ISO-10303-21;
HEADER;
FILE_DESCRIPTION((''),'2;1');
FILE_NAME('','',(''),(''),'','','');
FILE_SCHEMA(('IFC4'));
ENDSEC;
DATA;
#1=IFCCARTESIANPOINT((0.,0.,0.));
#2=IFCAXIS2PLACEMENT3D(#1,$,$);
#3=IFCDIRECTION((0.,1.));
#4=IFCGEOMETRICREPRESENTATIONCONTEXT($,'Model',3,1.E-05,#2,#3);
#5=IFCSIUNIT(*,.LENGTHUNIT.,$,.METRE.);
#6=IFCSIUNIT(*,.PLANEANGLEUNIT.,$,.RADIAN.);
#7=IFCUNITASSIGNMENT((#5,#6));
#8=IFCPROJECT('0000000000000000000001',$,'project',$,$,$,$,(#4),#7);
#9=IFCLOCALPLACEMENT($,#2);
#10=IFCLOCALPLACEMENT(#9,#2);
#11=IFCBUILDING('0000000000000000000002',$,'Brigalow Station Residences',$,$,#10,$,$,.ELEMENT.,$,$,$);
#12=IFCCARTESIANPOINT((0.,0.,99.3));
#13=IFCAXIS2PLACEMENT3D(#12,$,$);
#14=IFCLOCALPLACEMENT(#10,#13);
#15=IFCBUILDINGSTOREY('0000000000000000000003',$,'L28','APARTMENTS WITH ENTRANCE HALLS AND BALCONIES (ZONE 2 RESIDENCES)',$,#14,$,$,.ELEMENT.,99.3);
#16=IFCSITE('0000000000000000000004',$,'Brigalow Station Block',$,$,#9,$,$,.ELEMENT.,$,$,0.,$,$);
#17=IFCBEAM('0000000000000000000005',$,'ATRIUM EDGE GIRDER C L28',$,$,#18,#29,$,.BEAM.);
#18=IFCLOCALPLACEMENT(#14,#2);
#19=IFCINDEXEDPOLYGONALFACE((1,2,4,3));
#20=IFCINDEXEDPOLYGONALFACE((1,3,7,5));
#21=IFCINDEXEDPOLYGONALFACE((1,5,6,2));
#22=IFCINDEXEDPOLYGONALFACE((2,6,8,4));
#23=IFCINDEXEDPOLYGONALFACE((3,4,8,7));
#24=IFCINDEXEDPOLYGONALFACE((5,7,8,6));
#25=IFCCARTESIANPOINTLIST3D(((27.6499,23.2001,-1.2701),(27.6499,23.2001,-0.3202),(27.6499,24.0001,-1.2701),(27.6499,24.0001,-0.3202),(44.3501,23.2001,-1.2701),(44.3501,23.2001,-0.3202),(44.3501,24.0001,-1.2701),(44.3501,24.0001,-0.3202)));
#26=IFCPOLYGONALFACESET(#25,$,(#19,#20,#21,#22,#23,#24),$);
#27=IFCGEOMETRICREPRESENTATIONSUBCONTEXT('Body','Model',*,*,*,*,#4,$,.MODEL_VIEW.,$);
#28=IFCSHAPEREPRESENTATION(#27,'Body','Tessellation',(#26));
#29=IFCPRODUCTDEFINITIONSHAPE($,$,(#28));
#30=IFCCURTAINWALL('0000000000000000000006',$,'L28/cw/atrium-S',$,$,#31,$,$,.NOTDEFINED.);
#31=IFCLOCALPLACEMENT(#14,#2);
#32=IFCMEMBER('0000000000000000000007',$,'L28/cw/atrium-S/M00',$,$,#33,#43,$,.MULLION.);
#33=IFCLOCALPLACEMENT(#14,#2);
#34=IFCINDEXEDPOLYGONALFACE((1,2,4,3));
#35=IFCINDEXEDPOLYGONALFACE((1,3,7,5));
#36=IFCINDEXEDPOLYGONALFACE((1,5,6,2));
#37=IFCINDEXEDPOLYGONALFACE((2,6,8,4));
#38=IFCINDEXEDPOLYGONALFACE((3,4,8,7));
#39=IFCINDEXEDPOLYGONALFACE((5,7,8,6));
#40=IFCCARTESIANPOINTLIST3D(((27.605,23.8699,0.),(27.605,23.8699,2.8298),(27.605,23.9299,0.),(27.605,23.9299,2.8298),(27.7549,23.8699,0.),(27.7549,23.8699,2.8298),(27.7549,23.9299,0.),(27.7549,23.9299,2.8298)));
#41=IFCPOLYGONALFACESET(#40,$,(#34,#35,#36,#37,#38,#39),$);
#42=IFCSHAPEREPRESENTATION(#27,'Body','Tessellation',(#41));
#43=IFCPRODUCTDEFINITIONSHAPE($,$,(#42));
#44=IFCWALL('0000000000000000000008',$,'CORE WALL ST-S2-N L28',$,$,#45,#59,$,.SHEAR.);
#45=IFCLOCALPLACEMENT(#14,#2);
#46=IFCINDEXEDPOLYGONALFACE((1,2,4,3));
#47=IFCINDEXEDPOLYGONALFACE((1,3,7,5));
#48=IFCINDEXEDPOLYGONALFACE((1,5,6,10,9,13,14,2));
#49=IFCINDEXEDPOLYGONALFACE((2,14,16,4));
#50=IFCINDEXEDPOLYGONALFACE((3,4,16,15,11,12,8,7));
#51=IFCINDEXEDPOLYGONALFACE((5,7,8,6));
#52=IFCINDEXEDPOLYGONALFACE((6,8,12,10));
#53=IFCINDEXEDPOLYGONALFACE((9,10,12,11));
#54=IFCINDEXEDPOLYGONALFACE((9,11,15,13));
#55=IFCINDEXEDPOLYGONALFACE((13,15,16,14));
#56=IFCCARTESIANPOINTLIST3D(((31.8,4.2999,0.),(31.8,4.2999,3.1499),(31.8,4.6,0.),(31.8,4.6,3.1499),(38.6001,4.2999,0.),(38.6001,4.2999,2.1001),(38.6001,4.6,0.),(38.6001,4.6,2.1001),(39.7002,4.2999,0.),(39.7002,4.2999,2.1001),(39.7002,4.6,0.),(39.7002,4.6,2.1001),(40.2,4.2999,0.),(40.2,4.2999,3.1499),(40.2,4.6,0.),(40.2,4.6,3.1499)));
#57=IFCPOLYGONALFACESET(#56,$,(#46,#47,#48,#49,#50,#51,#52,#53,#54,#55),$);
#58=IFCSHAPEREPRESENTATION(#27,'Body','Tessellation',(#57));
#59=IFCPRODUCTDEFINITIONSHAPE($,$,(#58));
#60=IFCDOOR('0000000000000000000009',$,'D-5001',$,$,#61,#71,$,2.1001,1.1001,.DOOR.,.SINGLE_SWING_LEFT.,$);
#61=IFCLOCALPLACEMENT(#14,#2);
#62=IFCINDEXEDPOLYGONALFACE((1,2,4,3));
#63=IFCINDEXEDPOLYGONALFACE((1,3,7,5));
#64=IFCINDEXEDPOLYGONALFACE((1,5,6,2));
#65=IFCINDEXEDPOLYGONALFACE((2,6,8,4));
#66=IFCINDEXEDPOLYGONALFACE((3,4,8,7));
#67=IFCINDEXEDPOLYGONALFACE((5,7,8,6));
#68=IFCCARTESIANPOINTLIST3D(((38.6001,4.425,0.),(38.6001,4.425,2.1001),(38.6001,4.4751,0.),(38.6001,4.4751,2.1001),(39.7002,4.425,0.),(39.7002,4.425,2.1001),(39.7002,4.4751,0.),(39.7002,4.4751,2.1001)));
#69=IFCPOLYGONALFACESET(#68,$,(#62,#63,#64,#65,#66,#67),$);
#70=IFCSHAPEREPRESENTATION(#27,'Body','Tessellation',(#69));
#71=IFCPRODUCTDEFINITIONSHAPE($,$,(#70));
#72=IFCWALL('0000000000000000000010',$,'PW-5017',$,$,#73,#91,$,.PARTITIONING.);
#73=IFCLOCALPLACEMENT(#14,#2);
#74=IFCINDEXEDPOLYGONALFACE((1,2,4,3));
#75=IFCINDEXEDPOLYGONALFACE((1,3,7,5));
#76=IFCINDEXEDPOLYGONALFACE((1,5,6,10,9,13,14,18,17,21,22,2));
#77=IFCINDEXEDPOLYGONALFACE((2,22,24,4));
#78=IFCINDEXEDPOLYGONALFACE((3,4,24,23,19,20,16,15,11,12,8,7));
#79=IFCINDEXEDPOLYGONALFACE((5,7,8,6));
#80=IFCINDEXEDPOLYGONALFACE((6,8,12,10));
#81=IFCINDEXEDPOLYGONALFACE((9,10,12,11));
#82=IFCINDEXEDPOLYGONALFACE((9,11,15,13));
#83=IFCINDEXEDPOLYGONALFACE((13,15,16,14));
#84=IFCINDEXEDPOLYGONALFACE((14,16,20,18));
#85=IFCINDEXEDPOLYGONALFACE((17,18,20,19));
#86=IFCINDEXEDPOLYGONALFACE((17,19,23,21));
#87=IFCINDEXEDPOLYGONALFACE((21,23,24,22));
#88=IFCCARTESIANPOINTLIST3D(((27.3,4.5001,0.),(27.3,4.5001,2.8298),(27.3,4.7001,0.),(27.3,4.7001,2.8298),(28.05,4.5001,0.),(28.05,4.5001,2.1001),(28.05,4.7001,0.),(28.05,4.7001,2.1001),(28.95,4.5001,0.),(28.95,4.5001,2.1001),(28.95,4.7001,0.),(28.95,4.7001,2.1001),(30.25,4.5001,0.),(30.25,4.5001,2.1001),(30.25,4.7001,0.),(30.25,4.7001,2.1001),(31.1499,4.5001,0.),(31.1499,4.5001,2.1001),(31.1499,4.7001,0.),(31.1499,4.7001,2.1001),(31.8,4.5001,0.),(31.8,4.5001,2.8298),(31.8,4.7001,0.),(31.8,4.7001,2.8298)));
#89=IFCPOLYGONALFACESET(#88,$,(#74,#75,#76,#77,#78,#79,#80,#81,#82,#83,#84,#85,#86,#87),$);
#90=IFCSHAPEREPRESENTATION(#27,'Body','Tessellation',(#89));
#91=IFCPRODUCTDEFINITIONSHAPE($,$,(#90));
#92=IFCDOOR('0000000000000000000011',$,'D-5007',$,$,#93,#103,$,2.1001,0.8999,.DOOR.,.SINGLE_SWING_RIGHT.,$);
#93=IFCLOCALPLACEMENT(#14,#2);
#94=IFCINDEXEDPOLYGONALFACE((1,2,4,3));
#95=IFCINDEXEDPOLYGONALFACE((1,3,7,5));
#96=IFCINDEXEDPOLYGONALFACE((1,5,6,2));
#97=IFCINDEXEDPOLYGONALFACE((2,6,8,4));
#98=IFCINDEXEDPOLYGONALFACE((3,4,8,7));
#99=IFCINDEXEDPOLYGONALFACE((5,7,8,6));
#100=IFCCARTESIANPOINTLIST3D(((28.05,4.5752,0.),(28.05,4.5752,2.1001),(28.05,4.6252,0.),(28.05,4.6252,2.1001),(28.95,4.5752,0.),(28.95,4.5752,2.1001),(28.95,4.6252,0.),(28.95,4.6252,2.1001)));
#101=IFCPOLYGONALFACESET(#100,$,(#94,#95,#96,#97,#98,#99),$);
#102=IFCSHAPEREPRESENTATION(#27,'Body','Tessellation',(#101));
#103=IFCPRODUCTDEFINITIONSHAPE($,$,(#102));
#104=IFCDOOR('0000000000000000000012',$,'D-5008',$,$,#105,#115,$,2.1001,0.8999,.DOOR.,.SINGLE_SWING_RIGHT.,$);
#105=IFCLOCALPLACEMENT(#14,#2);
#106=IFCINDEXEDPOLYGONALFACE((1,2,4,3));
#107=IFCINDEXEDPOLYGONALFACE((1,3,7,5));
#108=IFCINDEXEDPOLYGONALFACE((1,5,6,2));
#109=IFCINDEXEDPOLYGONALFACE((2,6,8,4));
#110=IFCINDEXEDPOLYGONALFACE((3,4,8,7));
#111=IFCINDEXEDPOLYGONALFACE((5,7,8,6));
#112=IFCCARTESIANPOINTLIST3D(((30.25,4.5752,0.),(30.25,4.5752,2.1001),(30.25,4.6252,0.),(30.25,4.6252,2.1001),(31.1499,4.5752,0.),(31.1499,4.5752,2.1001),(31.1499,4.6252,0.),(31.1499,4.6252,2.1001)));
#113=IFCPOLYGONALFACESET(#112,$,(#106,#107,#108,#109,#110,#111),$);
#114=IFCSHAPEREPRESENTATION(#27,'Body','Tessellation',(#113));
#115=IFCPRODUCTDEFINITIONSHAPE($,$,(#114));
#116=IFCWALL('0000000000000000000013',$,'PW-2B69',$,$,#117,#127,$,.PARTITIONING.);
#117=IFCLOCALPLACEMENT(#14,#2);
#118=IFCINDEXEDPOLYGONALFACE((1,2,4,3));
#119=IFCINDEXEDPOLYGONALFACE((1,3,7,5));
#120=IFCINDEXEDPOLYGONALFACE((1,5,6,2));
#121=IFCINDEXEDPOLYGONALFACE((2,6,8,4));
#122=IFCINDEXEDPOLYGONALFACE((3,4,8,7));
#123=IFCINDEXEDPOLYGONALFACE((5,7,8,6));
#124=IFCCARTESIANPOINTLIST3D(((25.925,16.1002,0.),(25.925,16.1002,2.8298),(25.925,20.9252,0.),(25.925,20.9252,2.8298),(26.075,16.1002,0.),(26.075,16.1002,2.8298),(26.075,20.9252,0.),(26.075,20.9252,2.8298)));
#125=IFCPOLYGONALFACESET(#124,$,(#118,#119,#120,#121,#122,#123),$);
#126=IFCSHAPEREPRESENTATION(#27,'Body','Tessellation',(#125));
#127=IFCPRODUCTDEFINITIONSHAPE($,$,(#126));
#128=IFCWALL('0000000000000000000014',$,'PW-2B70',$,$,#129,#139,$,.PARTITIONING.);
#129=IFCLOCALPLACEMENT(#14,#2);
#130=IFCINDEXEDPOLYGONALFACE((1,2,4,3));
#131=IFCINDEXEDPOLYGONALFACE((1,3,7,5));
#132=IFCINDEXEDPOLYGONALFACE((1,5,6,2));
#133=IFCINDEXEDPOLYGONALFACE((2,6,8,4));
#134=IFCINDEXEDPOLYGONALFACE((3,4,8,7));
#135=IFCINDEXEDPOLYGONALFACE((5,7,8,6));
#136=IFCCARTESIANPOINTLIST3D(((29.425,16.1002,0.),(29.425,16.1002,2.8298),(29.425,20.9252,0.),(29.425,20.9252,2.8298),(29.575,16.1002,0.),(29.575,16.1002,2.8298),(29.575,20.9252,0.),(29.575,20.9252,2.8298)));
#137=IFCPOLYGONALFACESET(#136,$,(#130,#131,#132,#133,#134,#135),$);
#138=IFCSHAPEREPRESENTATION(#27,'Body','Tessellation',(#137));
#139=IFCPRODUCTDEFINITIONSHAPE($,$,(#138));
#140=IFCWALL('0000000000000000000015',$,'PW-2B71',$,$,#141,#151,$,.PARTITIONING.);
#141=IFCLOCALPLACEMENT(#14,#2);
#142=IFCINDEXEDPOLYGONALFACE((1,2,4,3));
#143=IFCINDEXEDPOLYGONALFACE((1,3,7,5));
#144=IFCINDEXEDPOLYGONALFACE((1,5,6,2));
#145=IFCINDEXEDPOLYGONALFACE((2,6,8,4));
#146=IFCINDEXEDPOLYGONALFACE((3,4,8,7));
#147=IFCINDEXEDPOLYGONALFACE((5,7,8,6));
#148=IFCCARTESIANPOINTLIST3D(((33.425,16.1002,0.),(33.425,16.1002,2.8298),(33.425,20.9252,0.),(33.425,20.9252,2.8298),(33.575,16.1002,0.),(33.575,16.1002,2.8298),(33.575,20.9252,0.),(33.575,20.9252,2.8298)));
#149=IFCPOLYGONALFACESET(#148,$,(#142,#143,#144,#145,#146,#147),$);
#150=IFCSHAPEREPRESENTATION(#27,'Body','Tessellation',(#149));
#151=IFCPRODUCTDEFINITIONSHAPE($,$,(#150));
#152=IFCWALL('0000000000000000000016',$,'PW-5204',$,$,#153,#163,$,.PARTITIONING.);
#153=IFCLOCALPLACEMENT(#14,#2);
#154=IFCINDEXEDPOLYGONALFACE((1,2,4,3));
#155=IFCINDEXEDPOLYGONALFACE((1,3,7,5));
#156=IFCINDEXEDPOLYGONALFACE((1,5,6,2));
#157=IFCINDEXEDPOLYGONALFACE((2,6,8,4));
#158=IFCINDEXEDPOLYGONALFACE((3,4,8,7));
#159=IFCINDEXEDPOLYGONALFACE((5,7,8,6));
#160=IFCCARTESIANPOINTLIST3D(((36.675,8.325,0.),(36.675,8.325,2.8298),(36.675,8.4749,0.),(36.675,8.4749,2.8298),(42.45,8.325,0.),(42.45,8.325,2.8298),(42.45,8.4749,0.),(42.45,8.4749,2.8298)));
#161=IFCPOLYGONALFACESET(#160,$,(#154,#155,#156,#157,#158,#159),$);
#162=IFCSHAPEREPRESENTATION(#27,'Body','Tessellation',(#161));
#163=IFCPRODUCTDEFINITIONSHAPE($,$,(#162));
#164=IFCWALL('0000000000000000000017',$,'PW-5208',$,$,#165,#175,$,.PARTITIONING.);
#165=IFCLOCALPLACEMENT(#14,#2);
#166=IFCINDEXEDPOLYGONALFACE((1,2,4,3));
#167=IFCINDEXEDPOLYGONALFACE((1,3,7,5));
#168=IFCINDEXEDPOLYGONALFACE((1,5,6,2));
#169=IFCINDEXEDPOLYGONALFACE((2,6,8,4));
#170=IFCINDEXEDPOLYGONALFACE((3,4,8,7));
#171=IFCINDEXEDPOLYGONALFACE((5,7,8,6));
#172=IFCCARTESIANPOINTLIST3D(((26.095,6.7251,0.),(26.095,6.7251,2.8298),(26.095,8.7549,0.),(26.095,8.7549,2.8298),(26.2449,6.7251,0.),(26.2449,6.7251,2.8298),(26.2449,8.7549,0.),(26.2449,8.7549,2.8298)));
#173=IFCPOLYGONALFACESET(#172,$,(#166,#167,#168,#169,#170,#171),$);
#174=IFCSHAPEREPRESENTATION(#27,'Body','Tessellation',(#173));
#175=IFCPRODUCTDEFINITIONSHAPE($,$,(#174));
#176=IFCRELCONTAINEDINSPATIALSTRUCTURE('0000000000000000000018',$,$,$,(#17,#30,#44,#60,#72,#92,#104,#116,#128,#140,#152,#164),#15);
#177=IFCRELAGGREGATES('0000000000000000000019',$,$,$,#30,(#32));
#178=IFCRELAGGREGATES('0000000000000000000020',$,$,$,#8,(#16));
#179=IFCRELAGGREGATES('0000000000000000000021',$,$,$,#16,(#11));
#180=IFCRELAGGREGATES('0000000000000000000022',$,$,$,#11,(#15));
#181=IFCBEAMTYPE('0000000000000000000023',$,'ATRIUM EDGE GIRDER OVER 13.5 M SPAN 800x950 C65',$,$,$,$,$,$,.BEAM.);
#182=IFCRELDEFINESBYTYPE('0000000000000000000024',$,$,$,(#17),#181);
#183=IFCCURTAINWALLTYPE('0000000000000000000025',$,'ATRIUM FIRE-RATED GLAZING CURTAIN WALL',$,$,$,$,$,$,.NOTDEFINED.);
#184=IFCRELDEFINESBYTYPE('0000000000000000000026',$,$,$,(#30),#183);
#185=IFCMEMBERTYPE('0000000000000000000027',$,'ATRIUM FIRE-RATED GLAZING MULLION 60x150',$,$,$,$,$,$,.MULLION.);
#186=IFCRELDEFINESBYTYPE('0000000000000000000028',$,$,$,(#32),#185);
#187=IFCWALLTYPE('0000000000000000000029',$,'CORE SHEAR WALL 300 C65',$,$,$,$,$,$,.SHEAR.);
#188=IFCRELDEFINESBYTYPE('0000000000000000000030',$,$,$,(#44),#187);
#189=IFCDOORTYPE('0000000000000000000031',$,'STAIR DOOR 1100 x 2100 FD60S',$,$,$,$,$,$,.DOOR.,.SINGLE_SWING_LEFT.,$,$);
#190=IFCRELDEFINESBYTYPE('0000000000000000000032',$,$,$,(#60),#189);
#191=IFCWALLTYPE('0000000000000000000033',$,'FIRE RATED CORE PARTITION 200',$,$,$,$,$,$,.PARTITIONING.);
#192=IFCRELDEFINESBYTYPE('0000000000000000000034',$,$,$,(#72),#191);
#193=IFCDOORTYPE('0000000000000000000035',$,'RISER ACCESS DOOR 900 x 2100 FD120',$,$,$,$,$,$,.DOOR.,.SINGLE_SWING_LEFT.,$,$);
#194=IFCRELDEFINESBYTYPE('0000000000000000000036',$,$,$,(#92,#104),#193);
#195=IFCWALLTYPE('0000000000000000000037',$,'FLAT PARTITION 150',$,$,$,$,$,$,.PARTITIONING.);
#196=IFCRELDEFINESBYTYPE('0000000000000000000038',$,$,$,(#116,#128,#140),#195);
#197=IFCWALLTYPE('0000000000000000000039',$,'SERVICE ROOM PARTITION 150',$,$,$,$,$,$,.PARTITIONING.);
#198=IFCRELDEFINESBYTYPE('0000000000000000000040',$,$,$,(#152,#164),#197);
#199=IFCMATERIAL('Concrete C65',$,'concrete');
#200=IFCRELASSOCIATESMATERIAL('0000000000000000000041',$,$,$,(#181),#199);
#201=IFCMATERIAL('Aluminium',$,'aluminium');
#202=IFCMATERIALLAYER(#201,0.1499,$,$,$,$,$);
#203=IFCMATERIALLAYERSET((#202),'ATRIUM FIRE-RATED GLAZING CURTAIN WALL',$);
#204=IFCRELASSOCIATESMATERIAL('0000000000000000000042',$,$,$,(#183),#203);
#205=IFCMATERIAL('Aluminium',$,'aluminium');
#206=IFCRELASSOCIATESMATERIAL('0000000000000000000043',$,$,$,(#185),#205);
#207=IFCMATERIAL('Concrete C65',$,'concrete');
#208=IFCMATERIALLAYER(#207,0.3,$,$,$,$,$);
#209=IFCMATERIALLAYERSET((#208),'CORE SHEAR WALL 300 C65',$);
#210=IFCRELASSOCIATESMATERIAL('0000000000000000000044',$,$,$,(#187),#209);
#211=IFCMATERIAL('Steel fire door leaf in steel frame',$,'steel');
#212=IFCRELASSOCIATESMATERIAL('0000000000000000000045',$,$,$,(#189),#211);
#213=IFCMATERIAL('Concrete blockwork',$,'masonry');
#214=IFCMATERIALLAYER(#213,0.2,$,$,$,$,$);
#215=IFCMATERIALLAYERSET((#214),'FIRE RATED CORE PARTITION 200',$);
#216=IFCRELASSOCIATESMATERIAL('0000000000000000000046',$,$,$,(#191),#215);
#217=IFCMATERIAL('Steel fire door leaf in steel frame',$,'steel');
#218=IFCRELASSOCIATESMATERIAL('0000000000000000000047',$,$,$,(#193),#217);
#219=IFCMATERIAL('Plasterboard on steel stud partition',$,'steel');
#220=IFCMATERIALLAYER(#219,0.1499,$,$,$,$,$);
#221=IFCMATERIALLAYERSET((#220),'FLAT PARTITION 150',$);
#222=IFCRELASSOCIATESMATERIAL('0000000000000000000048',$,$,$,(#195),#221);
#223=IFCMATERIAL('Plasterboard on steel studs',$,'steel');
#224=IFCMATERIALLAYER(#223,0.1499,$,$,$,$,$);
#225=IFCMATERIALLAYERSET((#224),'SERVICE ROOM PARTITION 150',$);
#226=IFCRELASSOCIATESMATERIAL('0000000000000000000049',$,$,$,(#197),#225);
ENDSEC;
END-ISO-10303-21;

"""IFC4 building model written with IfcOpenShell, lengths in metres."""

from ifc_helpers import new_model, si_unit, direction, frame, frame_2d, origin, origin_2d, place, context, subcontext, project, spatial, rectangle, extrude, material, layer, layer_set, material_profile, profile_set, type_object, element, fill, aggregate, save


model = new_model("IFC4")

# Units and contexts
model_context = context("Model", 3, precision=1e-05, world=origin(), true_north=direction((0.0, 1.0)))
body_context = subcontext(model_context, "Body", "Model", "MODEL_VIEW")
ifc_project = project(units=[si_unit("LENGTHUNIT", "METRE"), si_unit("PLANEANGLEUNIT", "RADIAN")], contexts=[model_context])

# Site, building, storey
site_placement = place(None, origin())
site = spatial("IfcSite", under=ifc_project, at=site_placement, Name="Brigalow Station Block", CompositionType="ELEMENT", RefElevation=0.0)
building_placement = place(site_placement, origin())
building = spatial("IfcBuilding", under=site, at=building_placement, Name="Brigalow Station Residences", CompositionType="ELEMENT")
storey_placement = place(building_placement, frame((0.0, 0.0, 99.3)))
storey = spatial("IfcBuildingStorey", under=building, at=storey_placement, Name="L28", Description="APARTMENTS WITH ENTRANCE HALLS AND BALCONIES (ZONE 2 RESIDENCES)", CompositionType="ELEMENT", Elevation=99.3)

# Beam
ifc_material_1 = material(Name="Concrete C65", Category="concrete")
ifc_material_profile_1 = material_profile(ifc_material_1, rectangle(XDim=0.8, YDim=0.95, at=origin_2d()), Name="RC800x950")
ifc_profile_set_1 = profile_set([ifc_material_profile_1], Name="Concrete C65")
beam_type = type_object("IfcBeamType", Name="ATRIUM EDGE GIRDER OVER 13.5 M SPAN 800x950 C65", PredefinedType="BEAM", material=ifc_profile_set_1)
beam_placement = place(storey_placement, frame((27.6499, 23.6001, -0.7952), z_axis=(1.0, 0.0, 0.0), x_axis=(0.0, 1.0, 0.0)))
element("IfcBeam", 1, at=beam_placement, inside=storey, type_object=beam_type, Name="ATRIUM EDGE GIRDER C L28", PredefinedType="BEAM", context=body_context, shape_type="SweptSolid", body=[
    extrude(rectangle(XDim=0.8, YDim=0.95, at=origin_2d()), origin(), (0.0, 0.0, 1.0), 16.7002),
])

# Curtain wall, member
ifc_material_2 = material(Name="Aluminium", Category="aluminium")
ifc_layer_1 = layer(ifc_material_2, 0.1499)
ifc_layer_set_1 = layer_set([ifc_layer_1], Name="ATRIUM FIRE-RATED GLAZING CURTAIN WALL")
curtain_wall_type = type_object("IfcCurtainWallType", Name="ATRIUM FIRE-RATED GLAZING CURTAIN WALL", PredefinedType="NOTDEFINED", material=ifc_layer_set_1)
curtain_wall_placement = place(storey_placement, origin())
curtain_wall = element("IfcCurtainWall", 2, at=curtain_wall_placement, inside=storey, type_object=curtain_wall_type, Name="L28/cw/atrium-S", PredefinedType="NOTDEFINED")
ifc_material_3 = material(Name="Aluminium", Category="aluminium")
ifc_material_profile_2 = material_profile(ifc_material_3, rectangle(XDim=0.0601, YDim=0.1499, at=origin_2d()), Name="ATRIUM FIRE-RATED GLAZING MULLION 60x150")
ifc_profile_set_2 = profile_set([ifc_material_profile_2], Name="Aluminium")
member_type = type_object("IfcMemberType", Name="ATRIUM FIRE-RATED GLAZING MULLION 60x150", PredefinedType="MULLION", material=ifc_profile_set_2)
member_placement = place(storey_placement, frame((27.6799, 23.8999, 0.0), z_axis=(0.0, 0.0, 1.0), x_axis=(0.0, 1.0, 0.0)))
member = element("IfcMember", 3, at=member_placement, type_object=member_type, Name="L28/cw/atrium-S/M00", PredefinedType="MULLION", context=body_context, shape_type="SweptSolid", body=[
    extrude(rectangle(XDim=0.0601, YDim=0.1499, at=origin_2d()), origin(), (0.0, 0.0, 1.0), 2.8298),
])
aggregate(curtain_wall, [member])

# Wall, opening, door
ifc_material_4 = material(Name="Concrete C65", Category="concrete")
ifc_layer_2 = layer(ifc_material_4, 0.3)
ifc_layer_set_2 = layer_set([ifc_layer_2], Name="CORE SHEAR WALL 300 C65")
wall_type_1 = type_object("IfcWallType", Name="CORE SHEAR WALL 300 C65", PredefinedType="SHEAR", material=ifc_layer_set_2)
wall_1_placement = place(storey_placement, frame((31.8, 4.45, 0.0), z_axis=(0.0, 0.0, 1.0), x_axis=(1.0, 0.0, 0.0)))
wall_1 = element("IfcWall", 4, at=wall_1_placement, inside=storey, type_object=wall_type_1, Name="CORE WALL ST-S2-N L28", PredefinedType="SHEAR", context=body_context, shape_type="SweptSolid", body=[
    extrude(rectangle(XDim=8.3999, YDim=0.3, at=frame_2d((4.2, 0.0))), origin(), (0.0, 0.0, 1.0), 3.1499),
])
opening_1_placement = place(wall_1_placement, frame((6.8, 0.0, 0.0)))
opening_1 = element("IfcOpeningElement", 5, at=opening_1_placement, cuts=wall_1, PredefinedType="OPENING", context=body_context, shape_type="SweptSolid", body=[
    extrude(rectangle(XDim=1.1001, YDim=2.1001, at=frame_2d((0.55, 1.05))), frame((0.0, 0.1602, 0.0), z_axis=(0.0, -1.0, 0.0), x_axis=(1.0, 0.0, 0.0)), (0.0, 0.0, 1.0), 0.3201),
])
ifc_material_5 = material(Name="Steel fire door leaf in steel frame", Category="steel")
door_type_1 = type_object("IfcDoorType", Name="STAIR DOOR 1100 x 2100 FD60S", OperationType="SINGLE_SWING_LEFT", PredefinedType="DOOR", material=ifc_material_5)
door_1_placement = place(opening_1_placement, frame((1.1001, 0.0, 0.0), z_axis=(0.0, 0.0, 1.0), x_axis=(-1.0, 0.0, 0.0)))
door_1 = element("IfcDoor", 6, at=door_1_placement, inside=storey, type_object=door_type_1, Name="D-5001", OperationType="SINGLE_SWING_LEFT", OverallHeight=2.1001, OverallWidth=1.1001, PredefinedType="DOOR", context=body_context, shape_type="SweptSolid", body=[
    extrude(rectangle(XDim=1.1001, YDim=2.1001, at=frame_2d((0.55, 1.05))), frame((0.0, 0.0249, 0.0), z_axis=(0.0, -1.0, 0.0), x_axis=(1.0, 0.0, 0.0)), (0.0, 0.0, 1.0), 0.05),
])
fill(opening_1, door_1)

# Wall, openings, doors
ifc_material_6 = material(Name="Concrete blockwork", Category="masonry")
ifc_layer_3 = layer(ifc_material_6, 0.2)
ifc_layer_set_3 = layer_set([ifc_layer_3], Name="FIRE RATED CORE PARTITION 200")
wall_type_2 = type_object("IfcWallType", Name="FIRE RATED CORE PARTITION 200", PredefinedType="PARTITIONING", material=ifc_layer_set_3)
wall_2_placement = place(storey_placement, frame((27.3, 4.6001, 0.0), z_axis=(0.0, 0.0, 1.0), x_axis=(1.0, 0.0, 0.0)))
wall_2 = element("IfcWall", 7, at=wall_2_placement, inside=storey, type_object=wall_type_2, Name="PW-5017", PredefinedType="PARTITIONING", context=body_context, shape_type="SweptSolid", body=[
    extrude(rectangle(XDim=4.5, YDim=0.2, at=frame_2d((2.25, 0.0))), origin(), (0.0, 0.0, 1.0), 2.8298),
])
opening_2_placement = place(wall_2_placement, frame((0.75, 0.0, 0.0)))
opening_2 = element("IfcOpeningElement", 8, at=opening_2_placement, cuts=wall_2, PredefinedType="OPENING", context=body_context, shape_type="SweptSolid", body=[
    extrude(rectangle(XDim=0.8999, YDim=2.1001, at=frame_2d((0.45, 1.05))), frame((0.0, 0.1099, 0.0), z_axis=(0.0, -1.0, 0.0), x_axis=(1.0, 0.0, 0.0)), (0.0, 0.0, 1.0), 0.22),
])
opening_3_placement = place(wall_2_placement, frame((2.95, 0.0, 0.0)))
opening_3 = element("IfcOpeningElement", 9, at=opening_3_placement, cuts=wall_2, PredefinedType="OPENING", context=body_context, shape_type="SweptSolid", body=[
    extrude(rectangle(XDim=0.8999, YDim=2.1001, at=frame_2d((0.45, 1.05))), frame((0.0, 0.1099, 0.0), z_axis=(0.0, -1.0, 0.0), x_axis=(1.0, 0.0, 0.0)), (0.0, 0.0, 1.0), 0.22),
])
ifc_material_7 = material(Name="Steel fire door leaf in steel frame", Category="steel")
door_type_2 = type_object("IfcDoorType", Name="RISER ACCESS DOOR 900 x 2100 FD120", OperationType="SINGLE_SWING_LEFT", PredefinedType="DOOR", material=ifc_material_7)
door_2_placement = place(opening_2_placement, frame((0.8999, 0.0, 0.0), z_axis=(0.0, 0.0, 1.0), x_axis=(-1.0, 0.0, 0.0)))
door_2 = element("IfcDoor", 10, at=door_2_placement, inside=storey, type_object=door_type_2, Name="D-5007", OperationType="SINGLE_SWING_RIGHT", OverallHeight=2.1001, OverallWidth=0.8999, PredefinedType="DOOR", context=body_context, shape_type="SweptSolid", body=[
    extrude(rectangle(XDim=0.8999, YDim=2.1001, at=frame_2d((0.45, 1.05))), frame((0.0, 0.0249, 0.0), z_axis=(0.0, -1.0, 0.0), x_axis=(1.0, 0.0, 0.0)), (0.0, 0.0, 1.0), 0.05),
])
fill(opening_2, door_2)
door_3_placement = place(opening_3_placement, frame((0.8999, 0.0, 0.0), z_axis=(0.0, 0.0, 1.0), x_axis=(-1.0, 0.0, 0.0)))
door_3 = element("IfcDoor", 11, at=door_3_placement, inside=storey, type_object=door_type_2, Name="D-5008", OperationType="SINGLE_SWING_RIGHT", OverallHeight=2.1001, OverallWidth=0.8999, PredefinedType="DOOR", context=body_context, shape_type="SweptSolid", body=[
    extrude(rectangle(XDim=0.8999, YDim=2.1001, at=frame_2d((0.45, 1.05))), frame((0.0, 0.0249, 0.0), z_axis=(0.0, -1.0, 0.0), x_axis=(1.0, 0.0, 0.0)), (0.0, 0.0, 1.0), 0.05),
])
fill(opening_3, door_3)

# Walls
ifc_material_8 = material(Name="Plasterboard on steel stud partition", Category="steel")
ifc_layer_4 = layer(ifc_material_8, 0.1499)
ifc_layer_set_4 = layer_set([ifc_layer_4], Name="FLAT PARTITION 150")
wall_type_3 = type_object("IfcWallType", Name="FLAT PARTITION 150", PredefinedType="PARTITIONING", material=ifc_layer_set_4)
for number, where, z_axis, x_axis, name in (
    (12, (26.0, 16.1001, 0.0), (0.0, 0.0, 1.0), (0.0, 1.0, 0.0), "PW-2B69"),
    (13, (29.5, 16.1001, 0.0), (0.0, 0.0, 1.0), (0.0, 1.0, 0.0), "PW-2B70"),
    (14, (33.5, 16.1001, 0.0), (0.0, 0.0, 1.0), (0.0, 1.0, 0.0), "PW-2B71"),
):
    element("IfcWall", number, at=place(storey_placement, frame(where, z_axis=z_axis, x_axis=x_axis)), inside=storey, type_object=wall_type_3, Name=name, PredefinedType="PARTITIONING", context=body_context, shape_type="SweptSolid", body=[
        extrude(rectangle(XDim=4.825, YDim=0.1499, at=frame_2d((2.4126, 0.0))), origin(), (0.0, 0.0, 1.0), 2.8298),
    ])
ifc_material_9 = material(Name="Plasterboard on steel studs", Category="steel")
ifc_layer_5 = layer(ifc_material_9, 0.1499)
ifc_layer_set_5 = layer_set([ifc_layer_5], Name="SERVICE ROOM PARTITION 150")
wall_type_4 = type_object("IfcWallType", Name="SERVICE ROOM PARTITION 150", PredefinedType="PARTITIONING", material=ifc_layer_set_5)
wall_3_placement = place(storey_placement, frame((36.675, 8.3999, 0.0), z_axis=(0.0, 0.0, 1.0), x_axis=(1.0, 0.0, 0.0)))
element("IfcWall", 15, at=wall_3_placement, inside=storey, type_object=wall_type_4, Name="PW-5204", PredefinedType="PARTITIONING", context=body_context, shape_type="SweptSolid", body=[
    extrude(rectangle(XDim=5.7749, YDim=0.1499, at=frame_2d((2.8875, 0.0))), origin(), (0.0, 0.0, 1.0), 2.8298),
])
for number, where, z_axis, x_axis, name in (
    (16, (26.1699, 6.7251, 0.0), (0.0, 0.0, 1.0), (0.0, 1.0, 0.0), "PW-5208"),
):
    element("IfcWall", number, at=place(storey_placement, frame(where, z_axis=z_axis, x_axis=x_axis)), inside=storey, type_object=wall_type_4, Name=name, PredefinedType="PARTITIONING", context=body_context, shape_type="SweptSolid", body=[
        extrude(rectangle(XDim=2.0298, YDim=0.1499, at=frame_2d((1.0149, 0.0))), origin(), (0.0, 0.0, 1.0), 2.8298),
    ])

save(model, "model.ifc")
